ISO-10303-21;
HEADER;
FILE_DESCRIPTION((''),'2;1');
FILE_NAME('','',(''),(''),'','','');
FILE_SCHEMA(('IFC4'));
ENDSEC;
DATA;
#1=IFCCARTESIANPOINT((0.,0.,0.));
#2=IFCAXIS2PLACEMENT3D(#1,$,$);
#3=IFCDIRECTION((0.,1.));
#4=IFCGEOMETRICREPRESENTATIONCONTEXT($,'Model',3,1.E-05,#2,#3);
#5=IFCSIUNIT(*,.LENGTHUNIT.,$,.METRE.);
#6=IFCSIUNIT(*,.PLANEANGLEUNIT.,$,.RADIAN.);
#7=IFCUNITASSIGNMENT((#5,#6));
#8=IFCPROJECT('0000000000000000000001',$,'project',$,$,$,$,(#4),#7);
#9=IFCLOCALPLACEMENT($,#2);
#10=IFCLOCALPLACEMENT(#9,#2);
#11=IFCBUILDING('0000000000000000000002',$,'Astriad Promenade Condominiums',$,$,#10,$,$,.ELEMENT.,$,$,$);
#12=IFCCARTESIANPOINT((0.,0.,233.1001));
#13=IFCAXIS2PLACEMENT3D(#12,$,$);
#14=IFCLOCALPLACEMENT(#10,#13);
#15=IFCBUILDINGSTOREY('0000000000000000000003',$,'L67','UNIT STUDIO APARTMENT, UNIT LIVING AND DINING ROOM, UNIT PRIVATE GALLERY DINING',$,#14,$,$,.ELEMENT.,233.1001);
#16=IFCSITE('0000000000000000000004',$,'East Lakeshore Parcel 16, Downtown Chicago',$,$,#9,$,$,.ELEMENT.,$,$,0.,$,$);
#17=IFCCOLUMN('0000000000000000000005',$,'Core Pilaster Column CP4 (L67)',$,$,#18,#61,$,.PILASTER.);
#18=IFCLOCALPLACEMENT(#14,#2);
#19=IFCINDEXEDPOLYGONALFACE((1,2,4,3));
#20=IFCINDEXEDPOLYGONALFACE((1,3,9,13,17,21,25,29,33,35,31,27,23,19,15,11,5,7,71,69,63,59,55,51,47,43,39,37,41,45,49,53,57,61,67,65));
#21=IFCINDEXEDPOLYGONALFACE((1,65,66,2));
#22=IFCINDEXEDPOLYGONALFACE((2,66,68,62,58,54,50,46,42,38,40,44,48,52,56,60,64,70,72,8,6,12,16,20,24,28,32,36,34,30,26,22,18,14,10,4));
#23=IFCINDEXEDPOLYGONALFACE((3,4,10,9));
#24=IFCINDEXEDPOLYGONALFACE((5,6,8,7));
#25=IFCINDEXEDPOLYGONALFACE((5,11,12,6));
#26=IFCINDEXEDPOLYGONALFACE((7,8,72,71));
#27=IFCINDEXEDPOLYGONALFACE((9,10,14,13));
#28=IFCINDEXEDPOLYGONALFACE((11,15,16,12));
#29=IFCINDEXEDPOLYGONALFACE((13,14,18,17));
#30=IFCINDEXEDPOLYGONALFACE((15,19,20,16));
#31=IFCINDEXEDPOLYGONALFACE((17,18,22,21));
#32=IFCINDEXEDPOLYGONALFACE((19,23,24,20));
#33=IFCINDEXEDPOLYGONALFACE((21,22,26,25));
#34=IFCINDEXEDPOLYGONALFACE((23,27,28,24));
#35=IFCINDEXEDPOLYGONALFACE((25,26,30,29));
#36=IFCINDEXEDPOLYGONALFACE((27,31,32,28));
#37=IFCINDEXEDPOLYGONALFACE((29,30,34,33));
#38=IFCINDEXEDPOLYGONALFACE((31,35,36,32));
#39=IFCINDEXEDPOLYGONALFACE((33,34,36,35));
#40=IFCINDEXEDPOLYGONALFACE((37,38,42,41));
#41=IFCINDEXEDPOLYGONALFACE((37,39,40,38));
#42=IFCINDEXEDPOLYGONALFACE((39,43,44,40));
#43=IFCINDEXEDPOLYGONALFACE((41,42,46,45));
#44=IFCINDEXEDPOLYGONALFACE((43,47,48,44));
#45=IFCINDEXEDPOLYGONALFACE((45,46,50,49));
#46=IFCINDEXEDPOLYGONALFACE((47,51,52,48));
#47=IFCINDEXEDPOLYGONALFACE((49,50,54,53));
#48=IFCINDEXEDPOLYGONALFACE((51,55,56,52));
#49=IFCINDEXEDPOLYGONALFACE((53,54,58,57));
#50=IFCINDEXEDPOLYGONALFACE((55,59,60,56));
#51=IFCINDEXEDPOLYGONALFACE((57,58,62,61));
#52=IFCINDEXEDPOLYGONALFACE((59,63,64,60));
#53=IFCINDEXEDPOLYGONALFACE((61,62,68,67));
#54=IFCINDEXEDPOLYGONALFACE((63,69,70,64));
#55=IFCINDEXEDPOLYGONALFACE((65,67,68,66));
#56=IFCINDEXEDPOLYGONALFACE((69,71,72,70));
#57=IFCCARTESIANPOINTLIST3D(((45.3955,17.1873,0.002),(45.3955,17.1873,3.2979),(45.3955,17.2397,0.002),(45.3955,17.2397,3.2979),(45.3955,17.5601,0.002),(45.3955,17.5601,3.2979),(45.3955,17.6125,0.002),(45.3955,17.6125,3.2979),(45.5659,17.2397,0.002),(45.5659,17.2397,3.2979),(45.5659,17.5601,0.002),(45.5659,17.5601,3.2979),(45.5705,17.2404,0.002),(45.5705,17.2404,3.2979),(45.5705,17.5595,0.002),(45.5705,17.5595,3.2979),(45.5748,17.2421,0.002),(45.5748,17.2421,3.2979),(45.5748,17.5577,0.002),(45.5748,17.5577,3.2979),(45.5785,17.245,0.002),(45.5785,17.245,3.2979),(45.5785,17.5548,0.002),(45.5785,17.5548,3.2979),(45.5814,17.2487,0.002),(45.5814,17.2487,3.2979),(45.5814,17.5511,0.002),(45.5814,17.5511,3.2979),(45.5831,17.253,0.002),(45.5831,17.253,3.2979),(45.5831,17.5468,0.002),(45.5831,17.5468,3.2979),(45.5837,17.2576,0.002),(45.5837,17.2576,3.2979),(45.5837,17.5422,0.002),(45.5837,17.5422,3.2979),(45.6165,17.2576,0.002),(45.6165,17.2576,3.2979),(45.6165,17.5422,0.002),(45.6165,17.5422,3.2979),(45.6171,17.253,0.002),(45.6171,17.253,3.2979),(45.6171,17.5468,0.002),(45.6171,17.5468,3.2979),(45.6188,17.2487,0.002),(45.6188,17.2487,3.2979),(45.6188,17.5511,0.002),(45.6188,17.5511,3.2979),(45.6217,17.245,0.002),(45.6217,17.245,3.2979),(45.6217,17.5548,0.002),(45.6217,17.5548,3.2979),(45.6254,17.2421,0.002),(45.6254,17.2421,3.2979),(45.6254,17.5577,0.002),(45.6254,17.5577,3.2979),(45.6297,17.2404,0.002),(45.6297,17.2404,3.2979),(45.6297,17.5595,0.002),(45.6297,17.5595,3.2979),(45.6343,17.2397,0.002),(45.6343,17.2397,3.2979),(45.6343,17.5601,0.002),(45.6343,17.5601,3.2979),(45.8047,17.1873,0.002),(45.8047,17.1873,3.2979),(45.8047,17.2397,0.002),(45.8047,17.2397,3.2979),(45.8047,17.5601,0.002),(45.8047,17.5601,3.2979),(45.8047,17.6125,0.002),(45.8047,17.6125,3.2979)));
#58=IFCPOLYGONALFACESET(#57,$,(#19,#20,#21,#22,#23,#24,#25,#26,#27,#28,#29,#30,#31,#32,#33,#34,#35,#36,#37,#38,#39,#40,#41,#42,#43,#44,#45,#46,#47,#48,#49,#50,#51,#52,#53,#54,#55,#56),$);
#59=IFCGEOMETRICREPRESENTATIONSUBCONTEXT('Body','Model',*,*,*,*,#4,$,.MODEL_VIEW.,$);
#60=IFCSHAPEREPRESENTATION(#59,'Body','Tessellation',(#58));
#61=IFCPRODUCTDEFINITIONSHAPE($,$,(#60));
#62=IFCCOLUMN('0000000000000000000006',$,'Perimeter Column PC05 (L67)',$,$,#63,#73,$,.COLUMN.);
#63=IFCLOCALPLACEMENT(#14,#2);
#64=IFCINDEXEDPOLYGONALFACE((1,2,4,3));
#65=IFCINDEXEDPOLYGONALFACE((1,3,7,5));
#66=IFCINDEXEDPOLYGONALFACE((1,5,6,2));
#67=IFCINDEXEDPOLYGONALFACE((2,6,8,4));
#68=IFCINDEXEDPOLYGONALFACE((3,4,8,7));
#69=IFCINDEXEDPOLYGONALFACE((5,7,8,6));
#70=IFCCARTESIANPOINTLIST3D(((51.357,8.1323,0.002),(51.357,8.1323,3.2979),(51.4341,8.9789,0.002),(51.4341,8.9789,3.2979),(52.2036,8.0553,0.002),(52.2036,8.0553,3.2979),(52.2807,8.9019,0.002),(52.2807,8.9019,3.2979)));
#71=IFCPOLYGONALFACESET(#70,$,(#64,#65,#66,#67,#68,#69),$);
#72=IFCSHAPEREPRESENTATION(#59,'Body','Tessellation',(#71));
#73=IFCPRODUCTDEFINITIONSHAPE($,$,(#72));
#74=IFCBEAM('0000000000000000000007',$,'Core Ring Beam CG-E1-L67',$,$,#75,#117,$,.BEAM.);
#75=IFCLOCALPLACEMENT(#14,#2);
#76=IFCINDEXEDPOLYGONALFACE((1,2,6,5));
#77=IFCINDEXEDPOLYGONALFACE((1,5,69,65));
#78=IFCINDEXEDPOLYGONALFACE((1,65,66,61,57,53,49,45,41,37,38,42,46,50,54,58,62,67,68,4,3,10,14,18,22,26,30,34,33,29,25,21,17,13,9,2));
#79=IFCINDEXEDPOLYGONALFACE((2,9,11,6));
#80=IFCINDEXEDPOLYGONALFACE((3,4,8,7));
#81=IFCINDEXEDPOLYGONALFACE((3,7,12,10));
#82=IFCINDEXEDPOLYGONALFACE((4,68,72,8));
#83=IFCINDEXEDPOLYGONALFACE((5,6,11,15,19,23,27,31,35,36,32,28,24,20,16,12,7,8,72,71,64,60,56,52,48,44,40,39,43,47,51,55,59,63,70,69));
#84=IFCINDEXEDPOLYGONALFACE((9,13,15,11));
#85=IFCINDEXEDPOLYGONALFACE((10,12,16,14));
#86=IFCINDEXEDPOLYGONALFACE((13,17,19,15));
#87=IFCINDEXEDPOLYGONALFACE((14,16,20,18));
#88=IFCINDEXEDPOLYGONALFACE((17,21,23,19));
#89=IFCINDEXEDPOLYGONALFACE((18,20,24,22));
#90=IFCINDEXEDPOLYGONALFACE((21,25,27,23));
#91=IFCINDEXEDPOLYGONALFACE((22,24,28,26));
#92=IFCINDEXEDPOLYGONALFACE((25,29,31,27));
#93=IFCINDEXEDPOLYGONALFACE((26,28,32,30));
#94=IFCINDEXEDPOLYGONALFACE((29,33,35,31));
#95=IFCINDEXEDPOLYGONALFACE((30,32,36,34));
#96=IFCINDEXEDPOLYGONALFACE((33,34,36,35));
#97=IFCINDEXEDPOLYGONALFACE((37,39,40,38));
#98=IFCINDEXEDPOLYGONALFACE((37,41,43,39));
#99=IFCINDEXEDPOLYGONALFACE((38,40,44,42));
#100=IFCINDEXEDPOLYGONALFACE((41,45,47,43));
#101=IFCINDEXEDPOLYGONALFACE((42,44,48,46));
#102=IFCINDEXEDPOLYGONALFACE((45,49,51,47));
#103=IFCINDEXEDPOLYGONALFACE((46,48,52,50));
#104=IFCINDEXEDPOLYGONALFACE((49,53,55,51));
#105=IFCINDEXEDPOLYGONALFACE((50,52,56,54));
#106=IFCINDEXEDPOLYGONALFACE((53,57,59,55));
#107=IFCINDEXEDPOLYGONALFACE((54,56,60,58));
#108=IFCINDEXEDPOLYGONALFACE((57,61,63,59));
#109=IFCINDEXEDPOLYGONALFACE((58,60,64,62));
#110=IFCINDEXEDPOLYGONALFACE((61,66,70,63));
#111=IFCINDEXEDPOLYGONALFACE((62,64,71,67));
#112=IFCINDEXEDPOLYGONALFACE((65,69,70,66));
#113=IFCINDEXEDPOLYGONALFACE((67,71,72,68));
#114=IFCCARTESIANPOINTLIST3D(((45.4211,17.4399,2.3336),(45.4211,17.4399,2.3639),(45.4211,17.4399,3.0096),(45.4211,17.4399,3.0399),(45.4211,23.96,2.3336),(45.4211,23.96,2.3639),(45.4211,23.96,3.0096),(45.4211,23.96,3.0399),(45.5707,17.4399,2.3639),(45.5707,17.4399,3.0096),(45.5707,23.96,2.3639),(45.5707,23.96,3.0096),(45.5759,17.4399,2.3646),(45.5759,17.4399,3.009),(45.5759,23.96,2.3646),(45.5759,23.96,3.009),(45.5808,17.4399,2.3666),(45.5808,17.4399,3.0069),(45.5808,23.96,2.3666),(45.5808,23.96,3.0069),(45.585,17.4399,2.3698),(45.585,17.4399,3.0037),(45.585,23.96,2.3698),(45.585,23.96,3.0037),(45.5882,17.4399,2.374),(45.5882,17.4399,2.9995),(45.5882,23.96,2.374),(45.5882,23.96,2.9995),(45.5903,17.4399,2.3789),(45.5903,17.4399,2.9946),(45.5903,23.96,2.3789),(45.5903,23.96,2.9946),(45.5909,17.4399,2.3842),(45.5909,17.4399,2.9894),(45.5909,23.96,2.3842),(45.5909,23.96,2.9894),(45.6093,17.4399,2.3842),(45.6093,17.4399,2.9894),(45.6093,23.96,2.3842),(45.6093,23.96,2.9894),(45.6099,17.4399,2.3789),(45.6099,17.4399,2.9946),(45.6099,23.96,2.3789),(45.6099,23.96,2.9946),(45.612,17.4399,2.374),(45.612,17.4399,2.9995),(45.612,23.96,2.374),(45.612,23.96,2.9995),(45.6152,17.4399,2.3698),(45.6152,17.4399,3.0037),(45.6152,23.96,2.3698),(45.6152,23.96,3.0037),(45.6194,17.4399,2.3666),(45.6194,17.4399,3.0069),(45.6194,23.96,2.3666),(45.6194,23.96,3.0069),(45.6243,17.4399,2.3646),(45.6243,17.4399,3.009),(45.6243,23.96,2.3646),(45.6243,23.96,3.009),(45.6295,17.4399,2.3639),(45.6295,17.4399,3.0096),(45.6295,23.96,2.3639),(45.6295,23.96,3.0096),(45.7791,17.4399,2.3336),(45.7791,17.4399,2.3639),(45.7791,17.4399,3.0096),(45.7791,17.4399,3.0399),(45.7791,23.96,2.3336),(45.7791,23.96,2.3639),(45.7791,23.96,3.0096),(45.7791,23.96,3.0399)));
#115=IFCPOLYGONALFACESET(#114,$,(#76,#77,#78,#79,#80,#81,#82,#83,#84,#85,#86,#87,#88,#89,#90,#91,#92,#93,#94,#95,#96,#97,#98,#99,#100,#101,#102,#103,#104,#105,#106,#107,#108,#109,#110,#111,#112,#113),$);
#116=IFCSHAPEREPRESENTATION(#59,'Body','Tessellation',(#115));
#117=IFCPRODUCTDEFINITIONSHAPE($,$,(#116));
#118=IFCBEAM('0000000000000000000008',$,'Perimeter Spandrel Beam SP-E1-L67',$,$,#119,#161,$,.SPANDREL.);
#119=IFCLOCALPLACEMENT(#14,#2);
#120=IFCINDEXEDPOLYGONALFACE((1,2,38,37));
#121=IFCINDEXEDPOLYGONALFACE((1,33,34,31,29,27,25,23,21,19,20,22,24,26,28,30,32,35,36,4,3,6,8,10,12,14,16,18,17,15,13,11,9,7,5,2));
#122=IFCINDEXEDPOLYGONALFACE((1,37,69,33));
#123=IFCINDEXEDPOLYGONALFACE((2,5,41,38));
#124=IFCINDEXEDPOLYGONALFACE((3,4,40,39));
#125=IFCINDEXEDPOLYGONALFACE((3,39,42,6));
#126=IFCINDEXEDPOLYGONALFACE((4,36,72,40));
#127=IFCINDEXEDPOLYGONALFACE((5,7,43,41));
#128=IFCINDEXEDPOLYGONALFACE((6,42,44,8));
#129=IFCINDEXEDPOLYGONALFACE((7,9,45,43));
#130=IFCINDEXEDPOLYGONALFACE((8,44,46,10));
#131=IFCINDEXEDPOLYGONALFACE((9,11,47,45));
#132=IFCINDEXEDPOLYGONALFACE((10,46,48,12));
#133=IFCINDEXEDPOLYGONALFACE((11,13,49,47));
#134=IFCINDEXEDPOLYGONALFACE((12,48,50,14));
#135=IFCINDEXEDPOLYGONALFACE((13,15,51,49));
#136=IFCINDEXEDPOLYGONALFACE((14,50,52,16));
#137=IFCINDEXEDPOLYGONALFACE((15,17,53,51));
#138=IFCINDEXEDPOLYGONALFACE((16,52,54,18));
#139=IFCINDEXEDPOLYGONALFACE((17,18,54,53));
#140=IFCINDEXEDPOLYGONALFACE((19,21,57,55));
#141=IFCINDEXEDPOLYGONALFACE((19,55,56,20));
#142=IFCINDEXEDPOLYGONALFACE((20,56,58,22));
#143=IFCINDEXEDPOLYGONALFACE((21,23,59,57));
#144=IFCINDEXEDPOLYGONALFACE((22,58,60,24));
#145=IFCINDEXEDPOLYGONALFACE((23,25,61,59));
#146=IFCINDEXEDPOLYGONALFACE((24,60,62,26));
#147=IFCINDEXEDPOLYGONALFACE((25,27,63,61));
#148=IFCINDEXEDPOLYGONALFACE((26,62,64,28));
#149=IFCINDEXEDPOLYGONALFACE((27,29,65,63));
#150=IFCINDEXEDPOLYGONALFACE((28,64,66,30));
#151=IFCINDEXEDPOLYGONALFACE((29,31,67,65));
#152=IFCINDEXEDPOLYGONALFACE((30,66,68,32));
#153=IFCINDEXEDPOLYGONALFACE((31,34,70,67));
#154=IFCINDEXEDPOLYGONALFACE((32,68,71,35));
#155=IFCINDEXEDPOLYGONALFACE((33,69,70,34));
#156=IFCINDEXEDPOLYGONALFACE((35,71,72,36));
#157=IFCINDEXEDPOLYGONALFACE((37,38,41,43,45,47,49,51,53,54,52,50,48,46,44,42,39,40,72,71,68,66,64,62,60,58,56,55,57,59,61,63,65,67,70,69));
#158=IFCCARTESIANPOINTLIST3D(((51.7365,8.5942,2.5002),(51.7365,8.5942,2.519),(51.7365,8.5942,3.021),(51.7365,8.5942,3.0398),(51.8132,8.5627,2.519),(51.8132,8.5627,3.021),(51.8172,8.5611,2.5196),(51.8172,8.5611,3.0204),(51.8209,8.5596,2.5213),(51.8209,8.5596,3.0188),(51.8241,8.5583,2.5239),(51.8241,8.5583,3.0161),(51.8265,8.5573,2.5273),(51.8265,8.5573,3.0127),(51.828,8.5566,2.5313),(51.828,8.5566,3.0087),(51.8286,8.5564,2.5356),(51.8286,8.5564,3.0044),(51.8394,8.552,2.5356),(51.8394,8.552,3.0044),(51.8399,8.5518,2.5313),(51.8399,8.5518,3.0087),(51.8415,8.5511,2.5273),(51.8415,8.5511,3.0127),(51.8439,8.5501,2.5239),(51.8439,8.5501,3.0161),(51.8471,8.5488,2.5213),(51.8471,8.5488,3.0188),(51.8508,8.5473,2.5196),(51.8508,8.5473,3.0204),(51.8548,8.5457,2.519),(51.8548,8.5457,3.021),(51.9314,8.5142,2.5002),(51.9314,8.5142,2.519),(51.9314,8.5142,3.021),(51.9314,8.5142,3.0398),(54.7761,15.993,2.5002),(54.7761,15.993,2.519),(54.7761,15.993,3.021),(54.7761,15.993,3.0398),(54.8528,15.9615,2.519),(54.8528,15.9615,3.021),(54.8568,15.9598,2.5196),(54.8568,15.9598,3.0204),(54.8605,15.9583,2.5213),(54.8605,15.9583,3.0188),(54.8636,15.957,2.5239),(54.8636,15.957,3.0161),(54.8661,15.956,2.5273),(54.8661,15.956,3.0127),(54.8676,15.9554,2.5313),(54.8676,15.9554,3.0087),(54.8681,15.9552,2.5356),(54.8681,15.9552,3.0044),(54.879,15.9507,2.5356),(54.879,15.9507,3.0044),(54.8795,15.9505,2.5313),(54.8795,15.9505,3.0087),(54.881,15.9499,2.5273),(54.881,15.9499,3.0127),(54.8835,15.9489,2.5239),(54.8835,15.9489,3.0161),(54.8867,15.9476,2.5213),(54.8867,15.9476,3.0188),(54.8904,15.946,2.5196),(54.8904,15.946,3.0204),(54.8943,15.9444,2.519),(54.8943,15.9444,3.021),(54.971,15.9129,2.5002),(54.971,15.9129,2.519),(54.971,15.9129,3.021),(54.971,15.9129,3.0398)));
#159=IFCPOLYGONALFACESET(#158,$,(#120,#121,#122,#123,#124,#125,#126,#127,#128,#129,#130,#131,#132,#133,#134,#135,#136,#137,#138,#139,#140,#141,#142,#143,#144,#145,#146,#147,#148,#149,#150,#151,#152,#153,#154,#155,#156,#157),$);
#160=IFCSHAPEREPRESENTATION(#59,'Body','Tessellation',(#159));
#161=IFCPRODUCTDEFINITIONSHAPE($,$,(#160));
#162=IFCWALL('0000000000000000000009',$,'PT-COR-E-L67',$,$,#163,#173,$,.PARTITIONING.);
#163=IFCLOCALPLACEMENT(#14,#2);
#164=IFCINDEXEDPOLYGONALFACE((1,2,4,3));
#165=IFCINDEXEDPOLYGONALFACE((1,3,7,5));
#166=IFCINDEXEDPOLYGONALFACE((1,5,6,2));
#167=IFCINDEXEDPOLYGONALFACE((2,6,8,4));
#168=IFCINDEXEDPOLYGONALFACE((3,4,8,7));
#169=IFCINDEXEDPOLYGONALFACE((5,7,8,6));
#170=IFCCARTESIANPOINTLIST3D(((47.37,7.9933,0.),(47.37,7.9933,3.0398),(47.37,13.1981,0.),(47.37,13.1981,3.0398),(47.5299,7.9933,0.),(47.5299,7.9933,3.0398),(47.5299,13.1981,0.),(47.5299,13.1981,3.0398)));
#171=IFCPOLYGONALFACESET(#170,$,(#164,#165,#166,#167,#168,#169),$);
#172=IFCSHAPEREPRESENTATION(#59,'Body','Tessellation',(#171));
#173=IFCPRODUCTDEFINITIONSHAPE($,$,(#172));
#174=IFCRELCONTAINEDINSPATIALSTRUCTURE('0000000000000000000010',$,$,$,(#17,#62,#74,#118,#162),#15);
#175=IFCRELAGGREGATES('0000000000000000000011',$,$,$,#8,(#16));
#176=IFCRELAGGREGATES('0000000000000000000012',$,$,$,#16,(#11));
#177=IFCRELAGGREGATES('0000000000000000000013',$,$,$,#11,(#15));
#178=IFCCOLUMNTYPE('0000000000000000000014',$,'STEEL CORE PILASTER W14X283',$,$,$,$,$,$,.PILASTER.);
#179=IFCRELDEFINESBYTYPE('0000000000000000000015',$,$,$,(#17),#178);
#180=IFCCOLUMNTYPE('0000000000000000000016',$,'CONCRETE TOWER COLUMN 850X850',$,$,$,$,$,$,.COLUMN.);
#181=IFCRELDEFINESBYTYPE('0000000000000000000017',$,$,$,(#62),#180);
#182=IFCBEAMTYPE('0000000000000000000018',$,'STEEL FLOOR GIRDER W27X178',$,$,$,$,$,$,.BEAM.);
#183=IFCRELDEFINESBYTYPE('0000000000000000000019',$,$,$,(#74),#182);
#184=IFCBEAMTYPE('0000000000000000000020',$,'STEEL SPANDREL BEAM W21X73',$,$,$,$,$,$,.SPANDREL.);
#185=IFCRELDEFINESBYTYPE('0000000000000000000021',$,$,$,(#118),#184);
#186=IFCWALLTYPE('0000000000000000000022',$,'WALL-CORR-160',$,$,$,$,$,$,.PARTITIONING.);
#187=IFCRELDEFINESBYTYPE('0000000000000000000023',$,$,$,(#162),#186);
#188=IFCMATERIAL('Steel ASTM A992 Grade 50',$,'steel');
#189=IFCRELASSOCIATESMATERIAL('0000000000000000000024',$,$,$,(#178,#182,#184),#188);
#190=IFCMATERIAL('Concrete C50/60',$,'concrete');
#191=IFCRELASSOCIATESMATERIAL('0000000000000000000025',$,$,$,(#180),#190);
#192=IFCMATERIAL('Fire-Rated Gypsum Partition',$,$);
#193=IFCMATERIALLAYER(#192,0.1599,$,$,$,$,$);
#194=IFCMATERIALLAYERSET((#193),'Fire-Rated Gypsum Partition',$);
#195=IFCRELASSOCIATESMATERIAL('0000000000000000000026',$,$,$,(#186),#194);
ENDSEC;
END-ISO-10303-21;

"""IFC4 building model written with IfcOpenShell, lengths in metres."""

from ifc_helpers import new_model, si_unit, direction, frame, frame_2d, origin, origin_2d, place, context, subcontext, project, spatial, rectangle, i_section, extrude, source, transform, mapped, material, layer, layer_set, material_profile, profile_set, type_object, type_shapes, element, save


model = new_model("IFC4")

# Units and contexts
model_context = context("Model", 3, precision=1e-05, world=origin(), true_north=direction((0.0, 1.0)))
body_context = subcontext(model_context, "Body", "Model", "MODEL_VIEW")
ifc_project = project(units=[si_unit("LENGTHUNIT", "METRE"), si_unit("PLANEANGLEUNIT", "RADIAN")], contexts=[model_context])

# Site, building, storey
site_placement = place(None, origin())
site = spatial("IfcSite", under=ifc_project, at=site_placement, Name="East Lakeshore Parcel 16, Downtown Chicago", CompositionType="ELEMENT", RefElevation=0.0)
building_placement = place(site_placement, origin())
building = spatial("IfcBuilding", under=site, at=building_placement, Name="Astriad Promenade Condominiums", CompositionType="ELEMENT")
storey_placement = place(building_placement, frame((0.0, 0.0, 233.1001)))
storey = spatial("IfcBuildingStorey", under=building, at=storey_placement, Name="L67", Description="UNIT STUDIO APARTMENT, UNIT LIVING AND DINING ROOM, UNIT PRIVATE GALLERY DINING", CompositionType="ELEMENT", Elevation=233.1001)

# Columns
ifc_material_1 = material(Name="Steel ASTM A992 Grade 50", Category="steel")
ifc_material_profile_1 = material_profile(ifc_material_1, i_section(OverallWidth=0.4092, OverallDepth=0.4253, WebThickness=0.0327, FlangeThickness=0.0525, FilletRadius=0.0178, at=origin_2d()), Name="W14X283")
ifc_profile_set_1 = profile_set([ifc_material_profile_1], Name="Steel ASTM A992 Grade 50")
column_type_1 = type_object("IfcColumnType", Name="STEEL CORE PILASTER W14X283", PredefinedType="PILASTER", material=ifc_profile_set_1)
shared_shape_1 = source(origin(), body_context, "Body", "SweptSolid", [
    extrude(i_section(OverallWidth=0.4092, OverallDepth=0.4253, WebThickness=0.0327, FlangeThickness=0.0525, FilletRadius=0.0178, at=origin_2d()), origin(), (0.0, 0.0, 1.0), 3.2959),
])
type_shapes(column_type_1, [shared_shape_1])
column_1_placement = place(storey_placement, frame((45.6001, 17.3999, 0.002), z_axis=(0.0, 0.0, 1.0), x_axis=(1.0, 0.0, 0.0)))
element("IfcColumn", 1, at=column_1_placement, inside=storey, type_object=column_type_1, Name="Core Pilaster Column CP4 (L67)", PredefinedType="PILASTER", context=body_context, shape_type="MappedRepresentation", body=[
    mapped(shared_shape_1, transform((0.0, 0.0, 0.0), scale=1.0)),
])
ifc_material_2 = material(Name="Concrete C50/60", Category="concrete")
ifc_material_profile_2 = material_profile(ifc_material_2, rectangle(XDim=0.8501, YDim=0.8501, at=origin_2d()), Name="RC-COL-850X850")
ifc_profile_set_2 = profile_set([ifc_material_profile_2], Name="Concrete C50/60")
column_type_2 = type_object("IfcColumnType", Name="CONCRETE TOWER COLUMN 850X850", PredefinedType="COLUMN", material=ifc_profile_set_2)
shared_shape_2 = source(origin(), body_context, "Body", "SweptSolid", [
    extrude(rectangle(XDim=0.8501, YDim=0.8501, at=origin_2d()), origin(), (0.0, 0.0, 1.0), 3.2959),
])
type_shapes(column_type_2, [shared_shape_2])
column_2_placement = place(storey_placement, frame((51.8188, 8.5171, 0.002), z_axis=(0.0, 0.0, 1.0), x_axis=(0.995884, -0.090633, 0.0)))
element("IfcColumn", 2, at=column_2_placement, inside=storey, type_object=column_type_2, Name="Perimeter Column PC05 (L67)", PredefinedType="COLUMN", context=body_context, shape_type="MappedRepresentation", body=[
    mapped(shared_shape_2, transform((0.0, 0.0, 0.0), scale=1.0)),
])

# Beams
ifc_material_profile_3 = material_profile(ifc_material_1, i_section(OverallWidth=0.3579, OverallDepth=0.7063, WebThickness=0.0183, FlangeThickness=0.0303, FilletRadius=0.0203, at=origin_2d()), Name="W27X178")
ifc_profile_set_3 = profile_set([ifc_material_profile_3], Name="Steel ASTM A992 Grade 50")
beam_type_1 = type_object("IfcBeamType", Name="STEEL FLOOR GIRDER W27X178", PredefinedType="BEAM", material=ifc_profile_set_3)
shared_shape_3 = source(origin(), body_context, "Body", "SweptSolid", [
    extrude(i_section(OverallWidth=0.3579, OverallDepth=0.7063, WebThickness=0.0183, FlangeThickness=0.0303, FilletRadius=0.0203, at=origin_2d()), origin(), (0.0, 0.0, 1.0), 6.52),
])
type_shapes(beam_type_1, [shared_shape_3])
beam_1_placement = place(storey_placement, frame((45.6001, 17.4399, 2.6868), z_axis=(0.0, 1.0, 0.0), x_axis=(-1.0, 0.0, 0.0)))
element("IfcBeam", 3, at=beam_1_placement, inside=storey, type_object=beam_type_1, Name="Core Ring Beam CG-E1-L67", PredefinedType="BEAM", context=body_context, shape_type="MappedRepresentation", body=[
    mapped(shared_shape_3, transform((0.0, 0.0, 0.0), scale=1.0)),
])
ifc_material_profile_4 = material_profile(ifc_material_1, i_section(OverallWidth=0.2107, OverallDepth=0.5396, WebThickness=0.0117, FlangeThickness=0.0188, FilletRadius=0.0166, at=origin_2d()), Name="W21X73")
ifc_profile_set_4 = profile_set([ifc_material_profile_4], Name="Steel ASTM A992 Grade 50")
beam_type_2 = type_object("IfcBeamType", Name="STEEL SPANDREL BEAM W21X73", PredefinedType="SPANDREL", material=ifc_profile_set_4)
shared_shape_4 = source(origin(), body_context, "Body", "SweptSolid", [
    extrude(i_section(OverallWidth=0.2107, OverallDepth=0.5396, WebThickness=0.0117, FlangeThickness=0.0188, FilletRadius=0.0166, at=origin_2d()), origin(), (0.0, 0.0, 1.0), 7.9988),
])
type_shapes(beam_type_2, [shared_shape_4])
beam_2_placement = place(storey_placement, frame((51.834, 8.5542, 2.77), z_axis=(0.380005, 0.924984, 0.0), x_axis=(-0.924984, 0.380005, 0.0)))
element("IfcBeam", 4, at=beam_2_placement, inside=storey, type_object=beam_type_2, Name="Perimeter Spandrel Beam SP-E1-L67", PredefinedType="SPANDREL", context=body_context, shape_type="MappedRepresentation", body=[
    mapped(shared_shape_4, transform((0.0, 0.0, 0.0), scale=1.0)),
])

# Wall
ifc_material_3 = material(Name="Fire-Rated Gypsum Partition")
ifc_layer_1 = layer(ifc_material_3, 0.1599)
ifc_layer_set_1 = layer_set([ifc_layer_1], Name="Fire-Rated Gypsum Partition")
wall_type_1 = type_object("IfcWallType", Name="WALL-CORR-160", PredefinedType="PARTITIONING", material=ifc_layer_set_1)
wall_1_placement = place(storey_placement, frame((47.45, 7.9932, 0.0), z_axis=(0.0, 0.0, 1.0), x_axis=(0.0, 1.0, 0.0)))
element("IfcWall", 5, at=wall_1_placement, inside=storey, type_object=wall_type_1, Name="PT-COR-E-L67", PredefinedType="PARTITIONING", context=body_context, shape_type="SweptSolid", body=[
    extrude(rectangle(XDim=5.2048, YDim=0.1599, at=frame_2d((2.6025, 0.0))), origin(), (0.0, 0.0, 1.0), 3.0398),
])

save(model, "model.ifc")
